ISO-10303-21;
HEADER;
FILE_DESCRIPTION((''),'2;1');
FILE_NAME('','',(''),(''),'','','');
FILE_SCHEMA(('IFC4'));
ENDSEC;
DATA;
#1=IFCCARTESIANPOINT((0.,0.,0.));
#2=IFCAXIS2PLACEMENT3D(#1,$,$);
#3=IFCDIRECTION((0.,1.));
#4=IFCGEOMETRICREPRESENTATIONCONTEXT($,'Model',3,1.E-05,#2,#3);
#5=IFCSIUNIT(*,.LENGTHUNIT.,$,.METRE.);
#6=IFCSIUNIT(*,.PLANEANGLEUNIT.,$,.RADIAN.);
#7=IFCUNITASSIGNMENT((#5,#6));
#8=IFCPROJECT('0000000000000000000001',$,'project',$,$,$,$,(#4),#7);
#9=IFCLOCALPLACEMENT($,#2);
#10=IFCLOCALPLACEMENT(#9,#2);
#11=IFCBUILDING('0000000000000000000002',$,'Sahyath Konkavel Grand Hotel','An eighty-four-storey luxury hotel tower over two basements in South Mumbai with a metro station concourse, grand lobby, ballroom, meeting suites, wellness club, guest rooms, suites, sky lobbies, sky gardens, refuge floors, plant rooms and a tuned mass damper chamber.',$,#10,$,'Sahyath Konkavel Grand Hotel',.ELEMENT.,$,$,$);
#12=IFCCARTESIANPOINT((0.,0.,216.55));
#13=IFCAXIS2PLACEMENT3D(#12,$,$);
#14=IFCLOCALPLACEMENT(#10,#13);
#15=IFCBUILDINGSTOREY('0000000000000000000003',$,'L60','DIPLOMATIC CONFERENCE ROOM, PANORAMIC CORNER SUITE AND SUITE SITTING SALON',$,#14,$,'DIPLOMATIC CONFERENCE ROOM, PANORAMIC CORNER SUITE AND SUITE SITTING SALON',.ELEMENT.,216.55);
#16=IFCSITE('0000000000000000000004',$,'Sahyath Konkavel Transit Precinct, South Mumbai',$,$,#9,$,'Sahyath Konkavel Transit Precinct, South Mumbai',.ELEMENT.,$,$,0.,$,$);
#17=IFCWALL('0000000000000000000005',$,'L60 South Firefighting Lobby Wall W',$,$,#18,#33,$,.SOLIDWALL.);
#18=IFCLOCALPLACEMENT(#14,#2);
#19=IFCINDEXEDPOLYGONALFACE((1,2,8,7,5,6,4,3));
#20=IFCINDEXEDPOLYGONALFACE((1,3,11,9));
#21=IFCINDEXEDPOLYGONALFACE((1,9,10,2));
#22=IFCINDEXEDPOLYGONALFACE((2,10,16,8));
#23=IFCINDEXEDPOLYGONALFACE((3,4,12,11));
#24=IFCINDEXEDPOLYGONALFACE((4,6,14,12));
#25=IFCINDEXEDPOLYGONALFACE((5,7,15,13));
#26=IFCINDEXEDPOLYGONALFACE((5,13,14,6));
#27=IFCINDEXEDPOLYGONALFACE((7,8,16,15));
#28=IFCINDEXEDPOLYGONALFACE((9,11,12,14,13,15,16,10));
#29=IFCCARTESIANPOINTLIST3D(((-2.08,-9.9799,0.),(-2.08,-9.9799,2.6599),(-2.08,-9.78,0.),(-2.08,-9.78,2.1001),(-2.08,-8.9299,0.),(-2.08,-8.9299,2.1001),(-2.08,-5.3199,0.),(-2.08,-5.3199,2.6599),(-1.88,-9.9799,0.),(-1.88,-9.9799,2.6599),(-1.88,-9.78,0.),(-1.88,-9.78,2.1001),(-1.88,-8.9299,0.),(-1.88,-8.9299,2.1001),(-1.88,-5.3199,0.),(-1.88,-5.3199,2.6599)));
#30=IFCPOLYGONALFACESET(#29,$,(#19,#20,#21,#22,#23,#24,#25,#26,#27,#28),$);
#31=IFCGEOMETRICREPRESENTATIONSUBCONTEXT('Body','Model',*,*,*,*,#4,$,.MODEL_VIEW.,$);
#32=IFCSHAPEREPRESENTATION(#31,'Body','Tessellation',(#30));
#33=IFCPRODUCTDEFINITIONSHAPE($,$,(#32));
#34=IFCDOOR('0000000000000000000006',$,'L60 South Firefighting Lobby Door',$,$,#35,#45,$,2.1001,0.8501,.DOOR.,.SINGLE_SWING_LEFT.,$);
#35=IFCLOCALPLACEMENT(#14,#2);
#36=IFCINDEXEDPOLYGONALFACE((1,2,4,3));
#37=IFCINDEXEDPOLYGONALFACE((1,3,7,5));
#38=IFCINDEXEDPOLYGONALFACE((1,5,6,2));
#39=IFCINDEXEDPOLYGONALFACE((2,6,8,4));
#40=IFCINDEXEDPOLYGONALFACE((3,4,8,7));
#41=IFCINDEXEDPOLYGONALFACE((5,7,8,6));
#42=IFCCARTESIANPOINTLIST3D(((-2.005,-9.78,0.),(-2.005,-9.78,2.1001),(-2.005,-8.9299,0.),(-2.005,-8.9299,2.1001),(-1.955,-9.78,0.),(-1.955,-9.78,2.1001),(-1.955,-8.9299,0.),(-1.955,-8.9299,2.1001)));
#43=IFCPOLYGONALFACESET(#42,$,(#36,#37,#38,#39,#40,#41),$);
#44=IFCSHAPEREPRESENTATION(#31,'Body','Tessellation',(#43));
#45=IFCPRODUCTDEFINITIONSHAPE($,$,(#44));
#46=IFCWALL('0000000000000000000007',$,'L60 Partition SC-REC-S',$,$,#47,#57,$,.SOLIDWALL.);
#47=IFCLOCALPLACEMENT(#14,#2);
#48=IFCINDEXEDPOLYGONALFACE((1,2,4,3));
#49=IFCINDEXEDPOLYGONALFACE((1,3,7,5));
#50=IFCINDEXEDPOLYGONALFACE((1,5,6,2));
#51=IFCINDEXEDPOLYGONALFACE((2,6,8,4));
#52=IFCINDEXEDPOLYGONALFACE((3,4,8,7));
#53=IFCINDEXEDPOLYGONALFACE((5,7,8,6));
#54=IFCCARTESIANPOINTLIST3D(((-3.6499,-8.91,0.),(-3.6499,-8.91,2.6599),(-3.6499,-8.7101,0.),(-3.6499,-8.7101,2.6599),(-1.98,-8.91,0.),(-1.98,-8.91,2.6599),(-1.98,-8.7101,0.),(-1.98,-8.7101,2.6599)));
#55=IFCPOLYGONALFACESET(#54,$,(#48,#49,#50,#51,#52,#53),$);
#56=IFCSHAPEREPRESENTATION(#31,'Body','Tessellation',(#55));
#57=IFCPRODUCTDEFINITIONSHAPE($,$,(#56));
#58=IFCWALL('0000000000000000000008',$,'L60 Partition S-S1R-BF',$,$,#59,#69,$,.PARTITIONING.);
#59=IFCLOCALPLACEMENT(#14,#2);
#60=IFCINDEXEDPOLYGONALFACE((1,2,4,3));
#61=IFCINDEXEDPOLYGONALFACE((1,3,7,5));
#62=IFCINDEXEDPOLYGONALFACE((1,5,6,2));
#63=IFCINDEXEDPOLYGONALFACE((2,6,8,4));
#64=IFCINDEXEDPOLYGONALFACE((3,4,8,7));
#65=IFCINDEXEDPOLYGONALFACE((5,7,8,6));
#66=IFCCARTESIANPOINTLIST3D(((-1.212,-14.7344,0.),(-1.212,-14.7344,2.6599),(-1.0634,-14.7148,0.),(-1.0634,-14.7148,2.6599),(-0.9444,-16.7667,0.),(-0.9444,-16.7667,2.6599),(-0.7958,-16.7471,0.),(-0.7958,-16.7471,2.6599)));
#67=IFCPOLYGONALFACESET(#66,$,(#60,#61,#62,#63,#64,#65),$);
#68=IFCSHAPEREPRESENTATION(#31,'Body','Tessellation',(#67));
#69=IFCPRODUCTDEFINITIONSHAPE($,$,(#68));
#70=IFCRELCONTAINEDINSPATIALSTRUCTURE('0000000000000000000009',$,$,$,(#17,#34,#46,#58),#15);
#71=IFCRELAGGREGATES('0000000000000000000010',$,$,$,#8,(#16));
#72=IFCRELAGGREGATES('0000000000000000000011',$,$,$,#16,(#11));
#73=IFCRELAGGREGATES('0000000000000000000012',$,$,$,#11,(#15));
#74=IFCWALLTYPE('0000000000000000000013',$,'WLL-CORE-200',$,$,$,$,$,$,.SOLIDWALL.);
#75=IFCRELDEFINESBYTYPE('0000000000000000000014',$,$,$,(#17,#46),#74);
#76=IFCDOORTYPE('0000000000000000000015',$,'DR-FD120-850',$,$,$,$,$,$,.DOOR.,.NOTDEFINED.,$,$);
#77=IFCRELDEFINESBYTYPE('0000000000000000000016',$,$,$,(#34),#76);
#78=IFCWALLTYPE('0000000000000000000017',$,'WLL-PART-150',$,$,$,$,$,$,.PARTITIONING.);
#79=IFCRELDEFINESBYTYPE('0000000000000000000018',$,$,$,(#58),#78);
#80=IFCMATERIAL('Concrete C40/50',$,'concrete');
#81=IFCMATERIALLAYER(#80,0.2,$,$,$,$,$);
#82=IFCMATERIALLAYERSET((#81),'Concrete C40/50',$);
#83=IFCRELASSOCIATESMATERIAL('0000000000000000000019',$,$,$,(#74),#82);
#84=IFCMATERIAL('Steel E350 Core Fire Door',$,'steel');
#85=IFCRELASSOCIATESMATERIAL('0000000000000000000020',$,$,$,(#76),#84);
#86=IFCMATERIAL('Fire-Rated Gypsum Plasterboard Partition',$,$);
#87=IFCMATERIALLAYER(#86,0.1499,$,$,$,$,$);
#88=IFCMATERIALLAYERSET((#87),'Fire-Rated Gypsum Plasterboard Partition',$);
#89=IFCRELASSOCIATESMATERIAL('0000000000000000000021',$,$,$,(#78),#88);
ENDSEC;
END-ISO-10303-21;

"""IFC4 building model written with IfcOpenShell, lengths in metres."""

from ifc_helpers import new_model, si_unit, direction, frame, frame_2d, origin, origin_2d, place, context, subcontext, project, spatial, rectangle, extrude, source, transform, mapped, material, layer, layer_set, type_object, element, fill, save


model = new_model("IFC4")

# Units and contexts
model_context = context("Model", 3, precision=1e-05, world=origin(), true_north=direction((0.0, 1.0)))
body_context = subcontext(model_context, "Body", "Model", "MODEL_VIEW")
ifc_project = project(units=[si_unit("LENGTHUNIT", "METRE"), si_unit("PLANEANGLEUNIT", "RADIAN")], contexts=[model_context])

# Site, building, storey
site_placement = place(None, origin())
site = spatial("IfcSite", under=ifc_project, at=site_placement, Name="Sahyath Konkavel Transit Precinct, South Mumbai", LongName="Sahyath Konkavel Transit Precinct, South Mumbai", CompositionType="ELEMENT", RefElevation=0.0)
building_placement = place(site_placement, origin())
building = spatial("IfcBuilding", under=site, at=building_placement, Name="Sahyath Konkavel Grand Hotel", Description="An eighty-four-storey luxury hotel tower over two basements in South Mumbai with a metro station concourse, grand lobby, ballroom, meeting suites, wellness club, guest rooms, suites, sky lobbies, sky gardens, refuge floors, plant rooms and a tuned mass damper chamber.", LongName="Sahyath Konkavel Grand Hotel", CompositionType="ELEMENT")
storey_placement = place(building_placement, frame((0.0, 0.0, 216.55)))
storey = spatial("IfcBuildingStorey", under=building, at=storey_placement, Name="L60", Description="DIPLOMATIC CONFERENCE ROOM, PANORAMIC CORNER SUITE AND SUITE SITTING SALON", LongName="DIPLOMATIC CONFERENCE ROOM, PANORAMIC CORNER SUITE AND SUITE SITTING SALON", CompositionType="ELEMENT", Elevation=216.55)

# Shared definitions
ifc_material_1 = material(Name="Concrete C40/50", Category="concrete")

# Wall, opening, door
ifc_layer_1 = layer(ifc_material_1, 0.2)
ifc_layer_set_1 = layer_set([ifc_layer_1], Name="Concrete C40/50")
wall_type_1 = type_object("IfcWallType", Name="WLL-CORE-200", PredefinedType="SOLIDWALL", material=ifc_layer_set_1)
wall_1_placement = place(storey_placement, frame((-1.98, -9.98, 0.0), z_axis=(0.0, 0.0, 1.0), x_axis=(0.0, 1.0, 0.0)))
wall_1 = element("IfcWall", 1, at=wall_1_placement, inside=storey, type_object=wall_type_1, Name="L60 South Firefighting Lobby Wall W", PredefinedType="SOLIDWALL", context=body_context, shape_type="SweptSolid", body=[
    extrude(rectangle(XDim=4.6599, YDim=0.2, at=frame_2d((2.3301, 0.0))), origin(), (0.0, 0.0, 1.0), 2.6599),
])
opening_1_placement = place(wall_1_placement, frame((0.2, 0.0, 0.0)))
opening_1 = element("IfcOpeningElement", 2, at=opening_1_placement, cuts=wall_1, PredefinedType="OPENING", context=body_context, shape_type="SweptSolid", body=[
    extrude(rectangle(XDim=0.8501, YDim=2.1001, at=frame_2d((0.425, 1.05))), frame((0.0, 0.1099, 0.0), z_axis=(0.0, -1.0, 0.0), x_axis=(1.0, 0.0, 0.0)), (0.0, 0.0, 1.0), 0.22),
])
ifc_material_2 = material(Name="Steel E350 Core Fire Door", Category="steel")
door_type_1 = type_object("IfcDoorType", Name="DR-FD120-850", OperationType="NOTDEFINED", PredefinedType="DOOR", material=ifc_material_2)
shared_shape_1 = source(origin(), body_context, "Body", "SweptSolid", [
    extrude(rectangle(XDim=0.8501, YDim=0.05, at=origin_2d()), origin(), (0.0, 0.0, 1.0), 2.1001),
])
door_1_placement = place(opening_1_placement, frame((0.425, 0.0, 0.0)))
door_1 = element("IfcDoor", 3, at=door_1_placement, inside=storey, type_object=door_type_1, Name="L60 South Firefighting Lobby Door", OperationType="SINGLE_SWING_LEFT", OverallHeight=2.1001, OverallWidth=0.8501, PredefinedType="DOOR", context=body_context, shape_type="MappedRepresentation", body=[
    mapped(shared_shape_1, transform((0.0, 0.0, 0.0), scale=1.0)),
])
fill(opening_1, door_1)

# Walls
wall_2_placement = place(storey_placement, frame((-3.6499, -8.8101, 0.0), z_axis=(0.0, 0.0, 1.0), x_axis=(1.0, 0.0, 0.0)))
element("IfcWall", 4, at=wall_2_placement, inside=storey, type_object=wall_type_1, Name="L60 Partition SC-REC-S", PredefinedType="SOLIDWALL", context=body_context, shape_type="SweptSolid", body=[
    extrude(rectangle(XDim=1.6699, YDim=0.2, at=frame_2d((0.835, 0.0))), origin(), (0.0, 0.0, 1.0), 2.6599),
])
ifc_material_3 = material(Name="Fire-Rated Gypsum Plasterboard Partition")
ifc_layer_2 = layer(ifc_material_3, 0.1499)
ifc_layer_set_2 = layer_set([ifc_layer_2], Name="Fire-Rated Gypsum Plasterboard Partition")
wall_type_2 = type_object("IfcWallType", Name="WLL-PART-150", PredefinedType="PARTITIONING", material=ifc_layer_set_2)
wall_3_placement = place(storey_placement, frame((-1.1377, -14.7246, 0.0), z_axis=(0.0, 0.0, 1.0), x_axis=(0.130541, -0.991443, 0.0)))
element("IfcWall", 5, at=wall_3_placement, inside=storey, type_object=wall_type_2, Name="L60 Partition S-S1R-BF", PredefinedType="PARTITIONING", context=body_context, shape_type="SweptSolid", body=[
    extrude(rectangle(XDim=2.0498, YDim=0.1499, at=frame_2d((1.0249, 0.0))), origin(), (0.0, 0.0, 1.0), 2.6599),
])

save(model, "model.ifc")
